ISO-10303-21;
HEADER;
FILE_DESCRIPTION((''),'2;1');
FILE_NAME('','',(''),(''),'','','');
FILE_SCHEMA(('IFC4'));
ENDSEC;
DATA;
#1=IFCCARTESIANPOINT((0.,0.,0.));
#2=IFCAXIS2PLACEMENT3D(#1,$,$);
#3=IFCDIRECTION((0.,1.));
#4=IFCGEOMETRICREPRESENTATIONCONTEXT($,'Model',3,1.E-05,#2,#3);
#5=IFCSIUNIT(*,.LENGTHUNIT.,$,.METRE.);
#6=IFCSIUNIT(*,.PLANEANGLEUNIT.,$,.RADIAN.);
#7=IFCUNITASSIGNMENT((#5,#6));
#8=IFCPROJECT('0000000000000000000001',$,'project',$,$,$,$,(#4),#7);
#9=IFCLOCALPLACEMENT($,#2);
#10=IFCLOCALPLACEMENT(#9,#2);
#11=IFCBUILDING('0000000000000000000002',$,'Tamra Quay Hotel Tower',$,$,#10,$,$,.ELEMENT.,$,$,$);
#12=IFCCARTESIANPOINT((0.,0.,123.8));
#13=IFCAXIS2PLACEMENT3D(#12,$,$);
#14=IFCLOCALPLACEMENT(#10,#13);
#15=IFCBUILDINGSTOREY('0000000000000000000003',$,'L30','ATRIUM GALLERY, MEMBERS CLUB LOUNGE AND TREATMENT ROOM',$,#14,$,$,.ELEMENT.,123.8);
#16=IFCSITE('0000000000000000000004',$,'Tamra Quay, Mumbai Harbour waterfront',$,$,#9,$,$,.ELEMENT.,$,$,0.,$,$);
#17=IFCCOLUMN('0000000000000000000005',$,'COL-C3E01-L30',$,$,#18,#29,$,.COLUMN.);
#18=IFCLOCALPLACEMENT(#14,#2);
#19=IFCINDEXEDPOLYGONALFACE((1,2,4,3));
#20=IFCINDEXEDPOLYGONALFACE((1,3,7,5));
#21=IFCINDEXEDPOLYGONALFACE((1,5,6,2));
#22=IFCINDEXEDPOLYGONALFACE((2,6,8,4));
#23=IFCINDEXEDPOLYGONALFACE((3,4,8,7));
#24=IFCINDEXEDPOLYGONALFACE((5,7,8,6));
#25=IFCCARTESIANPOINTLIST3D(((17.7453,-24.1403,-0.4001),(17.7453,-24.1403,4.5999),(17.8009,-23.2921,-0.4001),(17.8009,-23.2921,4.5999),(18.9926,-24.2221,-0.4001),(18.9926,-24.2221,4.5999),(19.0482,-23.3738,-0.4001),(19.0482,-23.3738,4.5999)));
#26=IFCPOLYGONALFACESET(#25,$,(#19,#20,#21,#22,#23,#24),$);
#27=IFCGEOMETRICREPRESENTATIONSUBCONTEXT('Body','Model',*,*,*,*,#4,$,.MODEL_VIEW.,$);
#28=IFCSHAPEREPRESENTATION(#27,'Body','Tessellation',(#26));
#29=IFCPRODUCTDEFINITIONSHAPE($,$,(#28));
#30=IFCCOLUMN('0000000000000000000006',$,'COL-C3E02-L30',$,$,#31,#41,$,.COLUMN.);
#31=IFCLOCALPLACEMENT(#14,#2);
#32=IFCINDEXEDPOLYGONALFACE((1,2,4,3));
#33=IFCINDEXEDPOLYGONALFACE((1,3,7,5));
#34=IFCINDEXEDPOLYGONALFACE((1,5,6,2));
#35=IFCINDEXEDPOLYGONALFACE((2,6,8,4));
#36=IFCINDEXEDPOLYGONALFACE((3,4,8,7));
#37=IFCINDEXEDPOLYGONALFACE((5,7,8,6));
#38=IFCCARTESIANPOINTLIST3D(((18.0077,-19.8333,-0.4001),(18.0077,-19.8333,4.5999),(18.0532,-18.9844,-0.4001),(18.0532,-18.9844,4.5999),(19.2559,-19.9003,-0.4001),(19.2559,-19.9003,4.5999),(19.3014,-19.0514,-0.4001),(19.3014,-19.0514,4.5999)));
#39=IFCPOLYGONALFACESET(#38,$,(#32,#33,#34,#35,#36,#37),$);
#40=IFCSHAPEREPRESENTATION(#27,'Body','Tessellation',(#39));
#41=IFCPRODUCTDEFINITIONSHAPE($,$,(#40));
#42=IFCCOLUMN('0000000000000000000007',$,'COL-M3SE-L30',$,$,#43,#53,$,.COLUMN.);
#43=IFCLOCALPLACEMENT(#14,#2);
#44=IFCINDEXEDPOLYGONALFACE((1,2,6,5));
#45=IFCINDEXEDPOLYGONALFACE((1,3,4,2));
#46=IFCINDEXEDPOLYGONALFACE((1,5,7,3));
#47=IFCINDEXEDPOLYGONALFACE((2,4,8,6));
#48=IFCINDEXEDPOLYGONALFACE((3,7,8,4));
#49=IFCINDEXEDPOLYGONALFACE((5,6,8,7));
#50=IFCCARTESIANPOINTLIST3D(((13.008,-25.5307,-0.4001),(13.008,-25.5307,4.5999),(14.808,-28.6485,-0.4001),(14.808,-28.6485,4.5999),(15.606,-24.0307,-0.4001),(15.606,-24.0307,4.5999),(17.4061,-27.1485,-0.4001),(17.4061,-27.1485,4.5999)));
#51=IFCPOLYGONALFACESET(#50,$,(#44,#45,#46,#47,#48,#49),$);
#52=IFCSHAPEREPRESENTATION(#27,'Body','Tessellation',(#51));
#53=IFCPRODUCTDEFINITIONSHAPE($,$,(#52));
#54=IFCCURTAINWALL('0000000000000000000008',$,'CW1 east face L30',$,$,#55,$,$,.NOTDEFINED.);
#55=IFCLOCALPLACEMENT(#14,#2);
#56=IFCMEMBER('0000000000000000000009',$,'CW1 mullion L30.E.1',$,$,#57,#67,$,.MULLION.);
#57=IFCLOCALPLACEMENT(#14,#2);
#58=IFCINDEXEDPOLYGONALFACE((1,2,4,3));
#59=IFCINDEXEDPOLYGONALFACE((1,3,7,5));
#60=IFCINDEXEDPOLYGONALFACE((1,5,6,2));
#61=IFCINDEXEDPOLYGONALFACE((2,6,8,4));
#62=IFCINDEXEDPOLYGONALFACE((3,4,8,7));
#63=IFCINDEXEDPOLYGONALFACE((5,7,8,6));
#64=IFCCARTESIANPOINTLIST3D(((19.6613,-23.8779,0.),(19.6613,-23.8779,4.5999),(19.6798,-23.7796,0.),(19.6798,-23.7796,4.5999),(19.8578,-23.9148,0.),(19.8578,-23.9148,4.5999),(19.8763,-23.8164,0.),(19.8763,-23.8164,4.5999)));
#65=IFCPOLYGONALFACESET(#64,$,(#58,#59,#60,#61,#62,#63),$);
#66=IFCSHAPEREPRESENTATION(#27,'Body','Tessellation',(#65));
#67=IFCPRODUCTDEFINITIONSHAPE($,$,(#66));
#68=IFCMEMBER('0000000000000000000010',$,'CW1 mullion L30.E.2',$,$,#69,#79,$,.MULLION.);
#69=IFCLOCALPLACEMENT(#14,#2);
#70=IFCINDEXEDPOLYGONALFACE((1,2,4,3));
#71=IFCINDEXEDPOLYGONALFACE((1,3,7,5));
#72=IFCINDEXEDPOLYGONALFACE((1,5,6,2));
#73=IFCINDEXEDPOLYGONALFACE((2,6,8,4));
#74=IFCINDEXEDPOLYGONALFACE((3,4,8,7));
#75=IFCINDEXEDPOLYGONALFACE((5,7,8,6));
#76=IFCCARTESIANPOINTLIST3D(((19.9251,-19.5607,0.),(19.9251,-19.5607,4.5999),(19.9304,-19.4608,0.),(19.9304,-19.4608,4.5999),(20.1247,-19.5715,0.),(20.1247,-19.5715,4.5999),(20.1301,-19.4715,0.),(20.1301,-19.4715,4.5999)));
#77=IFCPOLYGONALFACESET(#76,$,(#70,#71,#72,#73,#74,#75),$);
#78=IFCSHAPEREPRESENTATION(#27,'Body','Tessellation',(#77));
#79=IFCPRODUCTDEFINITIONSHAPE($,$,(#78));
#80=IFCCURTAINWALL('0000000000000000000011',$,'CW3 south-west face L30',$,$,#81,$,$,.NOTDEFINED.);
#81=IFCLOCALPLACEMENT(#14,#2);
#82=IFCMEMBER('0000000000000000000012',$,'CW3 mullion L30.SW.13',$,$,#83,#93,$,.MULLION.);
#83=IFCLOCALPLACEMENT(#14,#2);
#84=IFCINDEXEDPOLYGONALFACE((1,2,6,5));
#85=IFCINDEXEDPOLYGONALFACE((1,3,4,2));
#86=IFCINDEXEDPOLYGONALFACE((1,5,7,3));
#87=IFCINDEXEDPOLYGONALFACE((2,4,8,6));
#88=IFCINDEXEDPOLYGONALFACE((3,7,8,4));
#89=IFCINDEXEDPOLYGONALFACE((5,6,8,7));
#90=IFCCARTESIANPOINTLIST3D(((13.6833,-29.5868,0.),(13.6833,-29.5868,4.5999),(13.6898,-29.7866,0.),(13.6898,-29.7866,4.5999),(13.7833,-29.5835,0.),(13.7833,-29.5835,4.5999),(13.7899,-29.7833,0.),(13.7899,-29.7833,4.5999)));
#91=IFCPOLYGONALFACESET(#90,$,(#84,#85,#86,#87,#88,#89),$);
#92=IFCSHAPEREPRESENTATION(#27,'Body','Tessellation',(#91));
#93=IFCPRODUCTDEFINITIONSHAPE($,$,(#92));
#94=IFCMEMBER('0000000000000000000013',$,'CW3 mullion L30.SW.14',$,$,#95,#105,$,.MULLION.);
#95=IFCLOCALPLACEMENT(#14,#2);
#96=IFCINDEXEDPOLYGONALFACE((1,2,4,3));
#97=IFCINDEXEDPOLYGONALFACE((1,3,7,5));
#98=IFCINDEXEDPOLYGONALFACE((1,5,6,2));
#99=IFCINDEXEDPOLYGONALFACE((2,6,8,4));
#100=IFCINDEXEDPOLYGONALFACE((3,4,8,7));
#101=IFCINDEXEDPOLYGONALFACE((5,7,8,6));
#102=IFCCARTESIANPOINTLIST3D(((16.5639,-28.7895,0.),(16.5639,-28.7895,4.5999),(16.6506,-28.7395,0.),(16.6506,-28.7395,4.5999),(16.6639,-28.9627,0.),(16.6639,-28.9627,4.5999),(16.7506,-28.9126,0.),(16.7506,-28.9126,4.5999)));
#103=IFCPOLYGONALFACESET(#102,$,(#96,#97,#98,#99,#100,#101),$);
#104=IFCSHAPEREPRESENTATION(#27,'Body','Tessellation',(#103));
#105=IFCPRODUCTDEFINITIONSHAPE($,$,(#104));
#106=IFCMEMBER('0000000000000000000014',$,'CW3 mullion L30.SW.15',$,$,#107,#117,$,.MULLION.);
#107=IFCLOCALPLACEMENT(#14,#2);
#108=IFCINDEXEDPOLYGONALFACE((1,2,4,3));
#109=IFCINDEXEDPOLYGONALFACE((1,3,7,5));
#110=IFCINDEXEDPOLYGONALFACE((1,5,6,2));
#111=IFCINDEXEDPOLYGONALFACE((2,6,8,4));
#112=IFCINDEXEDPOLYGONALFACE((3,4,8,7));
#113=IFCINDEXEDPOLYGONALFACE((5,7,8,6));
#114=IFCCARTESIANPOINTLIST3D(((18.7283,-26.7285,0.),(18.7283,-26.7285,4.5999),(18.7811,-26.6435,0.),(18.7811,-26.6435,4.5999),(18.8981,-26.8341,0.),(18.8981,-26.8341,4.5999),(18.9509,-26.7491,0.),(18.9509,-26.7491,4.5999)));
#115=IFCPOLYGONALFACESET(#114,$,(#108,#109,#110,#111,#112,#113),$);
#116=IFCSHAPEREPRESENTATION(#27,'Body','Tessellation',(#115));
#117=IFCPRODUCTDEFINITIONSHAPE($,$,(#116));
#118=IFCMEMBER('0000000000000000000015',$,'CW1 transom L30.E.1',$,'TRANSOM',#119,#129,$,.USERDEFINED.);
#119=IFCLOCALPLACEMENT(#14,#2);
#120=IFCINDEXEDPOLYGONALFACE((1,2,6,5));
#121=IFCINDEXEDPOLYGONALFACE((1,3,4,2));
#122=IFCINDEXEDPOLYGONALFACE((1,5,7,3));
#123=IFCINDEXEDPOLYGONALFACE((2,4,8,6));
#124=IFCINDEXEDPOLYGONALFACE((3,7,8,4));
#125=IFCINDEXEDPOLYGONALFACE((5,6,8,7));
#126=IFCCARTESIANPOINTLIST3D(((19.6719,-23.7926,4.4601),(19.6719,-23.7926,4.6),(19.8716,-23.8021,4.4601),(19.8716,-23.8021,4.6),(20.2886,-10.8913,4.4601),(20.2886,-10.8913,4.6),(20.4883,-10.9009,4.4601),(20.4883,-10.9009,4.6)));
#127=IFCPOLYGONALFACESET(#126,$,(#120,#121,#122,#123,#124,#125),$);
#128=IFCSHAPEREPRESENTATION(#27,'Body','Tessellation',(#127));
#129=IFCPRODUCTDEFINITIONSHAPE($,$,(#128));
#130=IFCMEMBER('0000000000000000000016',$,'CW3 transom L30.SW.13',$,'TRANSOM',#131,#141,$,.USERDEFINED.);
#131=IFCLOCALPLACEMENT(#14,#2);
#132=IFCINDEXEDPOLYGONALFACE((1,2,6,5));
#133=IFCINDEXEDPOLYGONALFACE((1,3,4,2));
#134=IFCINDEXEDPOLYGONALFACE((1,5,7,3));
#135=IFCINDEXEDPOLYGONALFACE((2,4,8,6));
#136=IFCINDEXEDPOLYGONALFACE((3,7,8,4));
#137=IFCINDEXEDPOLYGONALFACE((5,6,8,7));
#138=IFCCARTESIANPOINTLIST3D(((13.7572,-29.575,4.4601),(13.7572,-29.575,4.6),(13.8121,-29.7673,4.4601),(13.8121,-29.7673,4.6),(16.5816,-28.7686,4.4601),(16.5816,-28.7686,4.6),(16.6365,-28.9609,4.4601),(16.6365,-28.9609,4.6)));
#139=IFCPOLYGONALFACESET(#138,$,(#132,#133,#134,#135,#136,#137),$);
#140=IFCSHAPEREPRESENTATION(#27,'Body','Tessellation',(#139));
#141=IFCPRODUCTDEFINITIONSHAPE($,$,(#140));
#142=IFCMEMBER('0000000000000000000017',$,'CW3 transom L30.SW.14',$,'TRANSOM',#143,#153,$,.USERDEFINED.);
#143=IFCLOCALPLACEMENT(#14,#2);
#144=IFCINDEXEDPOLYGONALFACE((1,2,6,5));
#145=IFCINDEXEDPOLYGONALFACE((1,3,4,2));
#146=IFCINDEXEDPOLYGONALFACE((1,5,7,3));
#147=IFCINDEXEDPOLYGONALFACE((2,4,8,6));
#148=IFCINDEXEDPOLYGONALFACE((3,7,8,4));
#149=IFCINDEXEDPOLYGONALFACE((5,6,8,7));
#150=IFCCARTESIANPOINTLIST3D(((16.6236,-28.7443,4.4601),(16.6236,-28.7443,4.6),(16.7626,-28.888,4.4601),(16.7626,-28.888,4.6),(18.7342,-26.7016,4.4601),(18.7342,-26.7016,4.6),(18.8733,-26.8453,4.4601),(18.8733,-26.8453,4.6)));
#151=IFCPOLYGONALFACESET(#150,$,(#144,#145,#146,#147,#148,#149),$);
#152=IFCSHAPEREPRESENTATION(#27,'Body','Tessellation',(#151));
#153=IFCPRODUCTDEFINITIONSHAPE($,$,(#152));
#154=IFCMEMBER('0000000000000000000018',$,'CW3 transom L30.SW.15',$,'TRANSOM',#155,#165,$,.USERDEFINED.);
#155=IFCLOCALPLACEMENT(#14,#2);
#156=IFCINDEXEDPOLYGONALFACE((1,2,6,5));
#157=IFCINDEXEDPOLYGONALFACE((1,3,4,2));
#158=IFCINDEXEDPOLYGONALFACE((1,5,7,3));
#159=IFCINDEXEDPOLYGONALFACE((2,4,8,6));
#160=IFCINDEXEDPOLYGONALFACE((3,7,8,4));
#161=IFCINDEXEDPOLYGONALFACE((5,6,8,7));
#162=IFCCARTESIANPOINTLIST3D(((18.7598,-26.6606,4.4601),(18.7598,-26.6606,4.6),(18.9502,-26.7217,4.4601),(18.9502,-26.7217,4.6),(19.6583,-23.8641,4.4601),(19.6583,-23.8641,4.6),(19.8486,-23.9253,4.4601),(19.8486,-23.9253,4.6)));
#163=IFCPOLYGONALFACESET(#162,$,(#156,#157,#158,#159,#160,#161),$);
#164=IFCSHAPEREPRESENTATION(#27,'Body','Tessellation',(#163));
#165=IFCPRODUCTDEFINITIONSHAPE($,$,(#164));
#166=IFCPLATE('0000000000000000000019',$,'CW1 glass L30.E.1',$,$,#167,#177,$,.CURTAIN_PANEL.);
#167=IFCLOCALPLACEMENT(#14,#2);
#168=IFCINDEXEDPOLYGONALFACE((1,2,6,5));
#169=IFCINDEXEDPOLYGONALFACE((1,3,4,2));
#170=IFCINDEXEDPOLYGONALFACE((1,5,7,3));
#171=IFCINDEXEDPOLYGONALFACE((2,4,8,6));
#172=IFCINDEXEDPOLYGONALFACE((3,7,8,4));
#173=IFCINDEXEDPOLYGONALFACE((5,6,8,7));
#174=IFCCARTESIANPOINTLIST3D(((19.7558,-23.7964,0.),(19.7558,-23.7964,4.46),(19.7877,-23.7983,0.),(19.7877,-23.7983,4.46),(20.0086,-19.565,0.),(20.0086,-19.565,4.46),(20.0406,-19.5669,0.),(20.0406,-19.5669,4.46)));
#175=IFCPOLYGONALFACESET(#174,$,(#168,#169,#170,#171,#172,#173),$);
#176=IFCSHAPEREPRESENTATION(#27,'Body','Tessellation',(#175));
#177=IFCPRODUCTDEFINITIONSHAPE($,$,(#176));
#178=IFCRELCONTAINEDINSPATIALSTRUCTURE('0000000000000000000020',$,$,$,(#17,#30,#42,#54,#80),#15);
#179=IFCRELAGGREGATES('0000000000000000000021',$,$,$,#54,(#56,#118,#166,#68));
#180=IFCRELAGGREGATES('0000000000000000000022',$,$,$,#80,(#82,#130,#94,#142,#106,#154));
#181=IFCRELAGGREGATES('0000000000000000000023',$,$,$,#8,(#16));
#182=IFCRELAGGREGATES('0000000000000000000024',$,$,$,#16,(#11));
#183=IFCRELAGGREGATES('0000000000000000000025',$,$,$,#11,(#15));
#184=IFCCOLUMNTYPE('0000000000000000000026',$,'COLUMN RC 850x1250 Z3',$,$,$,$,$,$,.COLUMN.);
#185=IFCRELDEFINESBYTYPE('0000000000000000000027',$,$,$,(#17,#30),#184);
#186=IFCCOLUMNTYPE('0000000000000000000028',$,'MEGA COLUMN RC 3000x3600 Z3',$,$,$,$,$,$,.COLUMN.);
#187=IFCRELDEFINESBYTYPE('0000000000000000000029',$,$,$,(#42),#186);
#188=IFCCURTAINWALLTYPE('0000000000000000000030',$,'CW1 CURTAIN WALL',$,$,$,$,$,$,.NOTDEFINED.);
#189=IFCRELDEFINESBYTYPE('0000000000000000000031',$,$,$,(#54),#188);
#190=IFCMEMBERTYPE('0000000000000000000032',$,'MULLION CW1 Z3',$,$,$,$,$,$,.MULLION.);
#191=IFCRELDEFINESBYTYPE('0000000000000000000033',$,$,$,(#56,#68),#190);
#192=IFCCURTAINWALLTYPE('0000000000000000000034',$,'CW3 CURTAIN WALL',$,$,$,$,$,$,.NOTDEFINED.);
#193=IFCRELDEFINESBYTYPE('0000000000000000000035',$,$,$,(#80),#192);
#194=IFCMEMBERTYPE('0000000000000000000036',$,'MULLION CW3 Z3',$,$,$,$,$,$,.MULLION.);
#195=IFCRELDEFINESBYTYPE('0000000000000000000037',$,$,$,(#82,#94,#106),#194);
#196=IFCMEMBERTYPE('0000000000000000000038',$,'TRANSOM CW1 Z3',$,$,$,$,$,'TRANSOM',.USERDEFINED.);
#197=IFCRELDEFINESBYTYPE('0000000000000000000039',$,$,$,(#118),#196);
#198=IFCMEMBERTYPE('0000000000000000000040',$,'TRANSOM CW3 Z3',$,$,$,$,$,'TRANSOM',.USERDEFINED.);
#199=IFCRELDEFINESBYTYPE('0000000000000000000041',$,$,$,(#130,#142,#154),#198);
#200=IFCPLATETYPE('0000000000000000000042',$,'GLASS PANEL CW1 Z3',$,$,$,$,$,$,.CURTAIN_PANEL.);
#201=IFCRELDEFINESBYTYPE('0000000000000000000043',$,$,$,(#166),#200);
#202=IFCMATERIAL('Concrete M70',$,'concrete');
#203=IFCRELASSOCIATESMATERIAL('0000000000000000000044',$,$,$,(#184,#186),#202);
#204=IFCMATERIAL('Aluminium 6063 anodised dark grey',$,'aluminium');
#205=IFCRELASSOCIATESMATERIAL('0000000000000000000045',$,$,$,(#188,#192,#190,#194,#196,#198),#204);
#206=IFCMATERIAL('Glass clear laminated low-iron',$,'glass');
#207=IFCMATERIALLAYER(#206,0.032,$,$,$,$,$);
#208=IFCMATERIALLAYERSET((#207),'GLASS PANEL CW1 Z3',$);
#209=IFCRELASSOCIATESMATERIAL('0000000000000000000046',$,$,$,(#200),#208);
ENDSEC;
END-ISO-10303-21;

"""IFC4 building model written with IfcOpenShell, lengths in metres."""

from ifc_helpers import new_model, si_unit, direction, frame, origin, origin_2d, place, context, subcontext, project, spatial, rectangle, extrude, material, layer, layer_set, material_profile, profile_set, type_object, element, aggregate, save


model = new_model("IFC4")

# Units and contexts
model_context = context("Model", 3, precision=1e-05, world=origin(), true_north=direction((0.0, 1.0)))
body_context = subcontext(model_context, "Body", "Model", "MODEL_VIEW")
ifc_project = project(units=[si_unit("LENGTHUNIT", "METRE"), si_unit("PLANEANGLEUNIT", "RADIAN")], contexts=[model_context])

# Site, building, storey
site_placement = place(None, origin())
site = spatial("IfcSite", under=ifc_project, at=site_placement, Name="Tamra Quay, Mumbai Harbour waterfront", CompositionType="ELEMENT", RefElevation=0.0)
building_placement = place(site_placement, origin())
building = spatial("IfcBuilding", under=site, at=building_placement, Name="Tamra Quay Hotel Tower", CompositionType="ELEMENT")
storey_placement = place(building_placement, frame((0.0, 0.0, 123.8)))
storey = spatial("IfcBuildingStorey", under=building, at=storey_placement, Name="L30", Description="ATRIUM GALLERY, MEMBERS CLUB LOUNGE AND TREATMENT ROOM", CompositionType="ELEMENT", Elevation=123.8)

# Columns
ifc_material_1 = material(Name="Concrete M70", Category="concrete")
ifc_material_profile_1 = material_profile(ifc_material_1, rectangle(XDim=1.25, YDim=0.8501, at=origin_2d()), Name="COLUMN RC 850x1250 Z3")
ifc_profile_set_1 = profile_set([ifc_material_profile_1], Name="Concrete M70")
column_type_1 = type_object("IfcColumnType", Name="COLUMN RC 850x1250 Z3", PredefinedType="COLUMN", material=ifc_profile_set_1)
for number, where, z_axis, x_axis, name in (
    (1, (18.3967, -23.7571, -0.4001), (0.0, 0.0, 1.0), (-0.997858, 0.065419, 0.0), "COL-C3E01-L30"),
    (2, (18.6545, -19.4424, -0.4001), (0.0, 0.0, 1.0), (-0.998562, 0.053603, 0.0), "COL-C3E02-L30"),
):
    element("IfcColumn", number, at=place(storey_placement, frame(where, z_axis=z_axis, x_axis=x_axis)), inside=storey, type_object=column_type_1, Name=name, PredefinedType="COLUMN", context=body_context, shape_type="SweptSolid", body=[
        extrude(rectangle(XDim=1.25, YDim=0.8501, at=origin_2d()), origin(), (0.0, 0.0, 1.0), 5.0),
    ])
ifc_material_profile_2 = material_profile(ifc_material_1, rectangle(XDim=3.6001, YDim=3.0, at=origin_2d()), Name="MEGA COLUMN RC 3000x3600 Z3")
ifc_profile_set_2 = profile_set([ifc_material_profile_2], Name="Concrete M70")
column_type_2 = type_object("IfcColumnType", Name="MEGA COLUMN RC 3000x3600 Z3", PredefinedType="COLUMN", material=ifc_profile_set_2)
column_placement = place(storey_placement, frame((15.207, -26.3396, -0.4001), z_axis=(0.0, 0.0, 1.0), x_axis=(-0.5, 0.866025, 0.0)))
element("IfcColumn", 3, at=column_placement, inside=storey, type_object=column_type_2, Name="COL-M3SE-L30", PredefinedType="COLUMN", context=body_context, shape_type="SweptSolid", body=[
    extrude(rectangle(XDim=3.6001, YDim=3.0, at=origin_2d()), origin(), (0.0, 0.0, 1.0), 5.0),
])

# Curtain walls, members
ifc_material_2 = material(Name="Aluminium 6063 anodised dark grey", Category="aluminium")
curtain_wall_type_1 = type_object("IfcCurtainWallType", Name="CW1 CURTAIN WALL", PredefinedType="NOTDEFINED", material=ifc_material_2)
curtain_wall_1_placement = place(storey_placement, origin())
curtain_wall_1 = element("IfcCurtainWall", 4, at=curtain_wall_1_placement, inside=storey, type_object=curtain_wall_type_1, Name="CW1 east face L30", PredefinedType="NOTDEFINED")
ifc_material_profile_3 = material_profile(ifc_material_2, rectangle(XDim=0.2, YDim=0.1001, at=origin_2d()), Name="MULLION 100X200")
ifc_profile_set_3 = profile_set([ifc_material_profile_3], Name="Aluminium 6063 anodised dark grey")
member_type_1 = type_object("IfcMemberType", Name="MULLION CW1 Z3", PredefinedType="MULLION", material=ifc_profile_set_3)
member_1_placement = place(storey_placement, frame((19.7688, -23.8472, 0.0), z_axis=(0.0, 0.0, 1.0), x_axis=(0.982883, -0.18423, 0.0)))
member_1 = element("IfcMember", 5, at=member_1_placement, type_object=member_type_1, Name="CW1 mullion L30.E.1", PredefinedType="MULLION", context=body_context, shape_type="SweptSolid", body=[
    extrude(rectangle(XDim=0.2, YDim=0.1001, at=origin_2d()), origin(), (0.0, 0.0, 1.0), 4.5999),
])
member_2_placement = place(storey_placement, frame((20.0276, -19.5161, 0.0), z_axis=(0.0, 0.0, 1.0), x_axis=(0.998557, -0.053695, 0.0)))
member_2 = element("IfcMember", 6, at=member_2_placement, type_object=member_type_1, Name="CW1 mullion L30.E.2", PredefinedType="MULLION", context=body_context, shape_type="SweptSolid", body=[
    extrude(rectangle(XDim=0.2, YDim=0.1001, at=origin_2d()), origin(), (0.0, 0.0, 1.0), 4.5999),
])
curtain_wall_type_2 = type_object("IfcCurtainWallType", Name="CW3 CURTAIN WALL", PredefinedType="NOTDEFINED", material=ifc_material_2)
curtain_wall_2_placement = place(storey_placement, origin())
curtain_wall_2 = element("IfcCurtainWall", 7, at=curtain_wall_2_placement, inside=storey, type_object=curtain_wall_type_2, Name="CW3 south-west face L30", PredefinedType="NOTDEFINED")
ifc_material_profile_4 = material_profile(ifc_material_2, rectangle(XDim=0.2, YDim=0.1001, at=origin_2d()), Name="MULLION 100X200")
ifc_profile_set_4 = profile_set([ifc_material_profile_4], Name="Aluminium 6063 anodised dark grey")
member_type_2 = type_object("IfcMemberType", Name="MULLION CW3 Z3", PredefinedType="MULLION", material=ifc_profile_set_4)
member_3_placement = place(storey_placement, frame((13.7366, -29.6851, 0.0), z_axis=(0.0, 0.0, 1.0), x_axis=(0.032727, -0.999464, 0.0)))
member_3 = element("IfcMember", 8, at=member_3_placement, type_object=member_type_2, Name="CW3 mullion L30.SW.13", PredefinedType="MULLION", context=body_context, shape_type="SweptSolid", body=[
    extrude(rectangle(XDim=0.2, YDim=0.1001, at=origin_2d()), origin(), (0.0, 0.0, 1.0), 4.5999),
])
member_4_placement = place(storey_placement, frame((16.6572, -28.8511, 0.0), z_axis=(0.0, 0.0, 1.0), x_axis=(0.5, -0.866025, 0.0)))
member_4 = element("IfcMember", 9, at=member_4_placement, type_object=member_type_2, Name="CW3 mullion L30.SW.14", PredefinedType="MULLION", context=body_context, shape_type="SweptSolid", body=[
    extrude(rectangle(XDim=0.2, YDim=0.1001, at=origin_2d()), origin(), (0.0, 0.0, 1.0), 4.5999),
])
member_5_placement = place(storey_placement, frame((18.8396, -26.7388, 0.0), z_axis=(0.0, 0.0, 1.0), x_axis=(0.849198, -0.528075, 0.0)))
member_5 = element("IfcMember", 10, at=member_5_placement, type_object=member_type_2, Name="CW3 mullion L30.SW.15", PredefinedType="MULLION", context=body_context, shape_type="SweptSolid", body=[
    extrude(rectangle(XDim=0.2, YDim=0.1001, at=origin_2d()), origin(), (0.0, 0.0, 1.0), 4.5999),
])

# Members
ifc_material_profile_5 = material_profile(ifc_material_2, rectangle(XDim=0.2, YDim=0.1399, at=origin_2d()), Name="TRANSOM 200X140")
ifc_profile_set_5 = profile_set([ifc_material_profile_5], Name="Aluminium 6063 anodised dark grey")
member_type_3 = type_object("IfcMemberType", Name="TRANSOM CW1 Z3", ElementType="TRANSOM", PredefinedType="USERDEFINED", material=ifc_profile_set_5)
member_6_placement = place(storey_placement, frame((19.7717, -23.7974, 4.53), z_axis=(0.047747, 0.998859, 0.0), x_axis=(-0.998859, 0.047747, 0.0)))
member_6 = element("IfcMember", 11, at=member_6_placement, type_object=member_type_3, Name="CW1 transom L30.E.1", ObjectType="TRANSOM", PredefinedType="USERDEFINED", context=body_context, shape_type="SweptSolid", body=[
    extrude(rectangle(XDim=0.2, YDim=0.1399, at=origin_2d()), origin(), (0.0, 0.0, 1.0), 12.916),
])
ifc_material_profile_6 = material_profile(ifc_material_2, rectangle(XDim=0.2, YDim=0.1399, at=origin_2d()), Name="TRANSOM 200X140")
ifc_profile_set_6 = profile_set([ifc_material_profile_6], Name="Aluminium 6063 anodised dark grey")
member_type_4 = type_object("IfcMemberType", Name="TRANSOM CW3 Z3", ElementType="TRANSOM", PredefinedType="USERDEFINED", material=ifc_profile_set_6)
member_7_placement = place(storey_placement, frame((13.7847, -29.6711, 4.53), z_axis=(0.961577, 0.274535, 0.0), x_axis=(-0.274535, 0.961577, 0.0)))
member_7 = element("IfcMember", 12, at=member_7_placement, type_object=member_type_4, Name="CW3 transom L30.SW.13", ObjectType="TRANSOM", PredefinedType="USERDEFINED", context=body_context, shape_type="SweptSolid", body=[
    extrude(rectangle(XDim=0.2, YDim=0.1399, at=origin_2d()), origin(), (0.0, 0.0, 1.0), 2.9373),
])
member_8_placement = place(storey_placement, frame((16.6931, -28.8162, 4.53), z_axis=(0.718566, 0.695459, 0.0), x_axis=(-0.695459, 0.718566, 0.0)))
member_8 = element("IfcMember", 13, at=member_8_placement, type_object=member_type_4, Name="CW3 transom L30.SW.14", ObjectType="TRANSOM", PredefinedType="USERDEFINED", context=body_context, shape_type="SweptSolid", body=[
    extrude(rectangle(XDim=0.2, YDim=0.1399, at=origin_2d()), origin(), (0.0, 0.0, 1.0), 2.9373),
])
member_9_placement = place(storey_placement, frame((18.855, -26.6912, 4.53), z_axis=(0.305885, 0.952068, 0.0), x_axis=(-0.952068, 0.305885, 0.0)))
member_9 = element("IfcMember", 14, at=member_9_placement, type_object=member_type_4, Name="CW3 transom L30.SW.15", ObjectType="TRANSOM", PredefinedType="USERDEFINED", context=body_context, shape_type="SweptSolid", body=[
    extrude(rectangle(XDim=0.2, YDim=0.1399, at=origin_2d()), origin(), (0.0, 0.0, 1.0), 2.9373),
])

# Plate
ifc_material_3 = material(Name="Glass clear laminated low-iron", Category="glass")
ifc_layer_1 = layer(ifc_material_3, 0.032)
ifc_layer_set_1 = layer_set([ifc_layer_1], Name="GLASS PANEL CW1 Z3")
plate_type_1 = type_object("IfcPlateType", Name="GLASS PANEL CW1 Z3", PredefinedType="CURTAIN_PANEL", material=ifc_layer_set_1)
plate_1_placement = place(storey_placement, frame((19.8982, -21.6816, 0.0), z_axis=(0.0, 0.0, 1.0), x_axis=(0.059642, 0.99822, 0.0)))
plate_1 = element("IfcPlate", 15, at=plate_1_placement, type_object=plate_type_1, Name="CW1 glass L30.E.1", PredefinedType="CURTAIN_PANEL", context=body_context, shape_type="SweptSolid", body=[
    extrude(rectangle(XDim=4.239, YDim=0.032, at=origin_2d()), origin(), (0.0, 0.0, 1.0), 4.46),
])
aggregate(curtain_wall_1, [member_1, member_6, plate_1, member_2])
aggregate(curtain_wall_2, [member_3, member_7, member_4, member_8, member_5, member_9])

save(model, "model.ifc")
